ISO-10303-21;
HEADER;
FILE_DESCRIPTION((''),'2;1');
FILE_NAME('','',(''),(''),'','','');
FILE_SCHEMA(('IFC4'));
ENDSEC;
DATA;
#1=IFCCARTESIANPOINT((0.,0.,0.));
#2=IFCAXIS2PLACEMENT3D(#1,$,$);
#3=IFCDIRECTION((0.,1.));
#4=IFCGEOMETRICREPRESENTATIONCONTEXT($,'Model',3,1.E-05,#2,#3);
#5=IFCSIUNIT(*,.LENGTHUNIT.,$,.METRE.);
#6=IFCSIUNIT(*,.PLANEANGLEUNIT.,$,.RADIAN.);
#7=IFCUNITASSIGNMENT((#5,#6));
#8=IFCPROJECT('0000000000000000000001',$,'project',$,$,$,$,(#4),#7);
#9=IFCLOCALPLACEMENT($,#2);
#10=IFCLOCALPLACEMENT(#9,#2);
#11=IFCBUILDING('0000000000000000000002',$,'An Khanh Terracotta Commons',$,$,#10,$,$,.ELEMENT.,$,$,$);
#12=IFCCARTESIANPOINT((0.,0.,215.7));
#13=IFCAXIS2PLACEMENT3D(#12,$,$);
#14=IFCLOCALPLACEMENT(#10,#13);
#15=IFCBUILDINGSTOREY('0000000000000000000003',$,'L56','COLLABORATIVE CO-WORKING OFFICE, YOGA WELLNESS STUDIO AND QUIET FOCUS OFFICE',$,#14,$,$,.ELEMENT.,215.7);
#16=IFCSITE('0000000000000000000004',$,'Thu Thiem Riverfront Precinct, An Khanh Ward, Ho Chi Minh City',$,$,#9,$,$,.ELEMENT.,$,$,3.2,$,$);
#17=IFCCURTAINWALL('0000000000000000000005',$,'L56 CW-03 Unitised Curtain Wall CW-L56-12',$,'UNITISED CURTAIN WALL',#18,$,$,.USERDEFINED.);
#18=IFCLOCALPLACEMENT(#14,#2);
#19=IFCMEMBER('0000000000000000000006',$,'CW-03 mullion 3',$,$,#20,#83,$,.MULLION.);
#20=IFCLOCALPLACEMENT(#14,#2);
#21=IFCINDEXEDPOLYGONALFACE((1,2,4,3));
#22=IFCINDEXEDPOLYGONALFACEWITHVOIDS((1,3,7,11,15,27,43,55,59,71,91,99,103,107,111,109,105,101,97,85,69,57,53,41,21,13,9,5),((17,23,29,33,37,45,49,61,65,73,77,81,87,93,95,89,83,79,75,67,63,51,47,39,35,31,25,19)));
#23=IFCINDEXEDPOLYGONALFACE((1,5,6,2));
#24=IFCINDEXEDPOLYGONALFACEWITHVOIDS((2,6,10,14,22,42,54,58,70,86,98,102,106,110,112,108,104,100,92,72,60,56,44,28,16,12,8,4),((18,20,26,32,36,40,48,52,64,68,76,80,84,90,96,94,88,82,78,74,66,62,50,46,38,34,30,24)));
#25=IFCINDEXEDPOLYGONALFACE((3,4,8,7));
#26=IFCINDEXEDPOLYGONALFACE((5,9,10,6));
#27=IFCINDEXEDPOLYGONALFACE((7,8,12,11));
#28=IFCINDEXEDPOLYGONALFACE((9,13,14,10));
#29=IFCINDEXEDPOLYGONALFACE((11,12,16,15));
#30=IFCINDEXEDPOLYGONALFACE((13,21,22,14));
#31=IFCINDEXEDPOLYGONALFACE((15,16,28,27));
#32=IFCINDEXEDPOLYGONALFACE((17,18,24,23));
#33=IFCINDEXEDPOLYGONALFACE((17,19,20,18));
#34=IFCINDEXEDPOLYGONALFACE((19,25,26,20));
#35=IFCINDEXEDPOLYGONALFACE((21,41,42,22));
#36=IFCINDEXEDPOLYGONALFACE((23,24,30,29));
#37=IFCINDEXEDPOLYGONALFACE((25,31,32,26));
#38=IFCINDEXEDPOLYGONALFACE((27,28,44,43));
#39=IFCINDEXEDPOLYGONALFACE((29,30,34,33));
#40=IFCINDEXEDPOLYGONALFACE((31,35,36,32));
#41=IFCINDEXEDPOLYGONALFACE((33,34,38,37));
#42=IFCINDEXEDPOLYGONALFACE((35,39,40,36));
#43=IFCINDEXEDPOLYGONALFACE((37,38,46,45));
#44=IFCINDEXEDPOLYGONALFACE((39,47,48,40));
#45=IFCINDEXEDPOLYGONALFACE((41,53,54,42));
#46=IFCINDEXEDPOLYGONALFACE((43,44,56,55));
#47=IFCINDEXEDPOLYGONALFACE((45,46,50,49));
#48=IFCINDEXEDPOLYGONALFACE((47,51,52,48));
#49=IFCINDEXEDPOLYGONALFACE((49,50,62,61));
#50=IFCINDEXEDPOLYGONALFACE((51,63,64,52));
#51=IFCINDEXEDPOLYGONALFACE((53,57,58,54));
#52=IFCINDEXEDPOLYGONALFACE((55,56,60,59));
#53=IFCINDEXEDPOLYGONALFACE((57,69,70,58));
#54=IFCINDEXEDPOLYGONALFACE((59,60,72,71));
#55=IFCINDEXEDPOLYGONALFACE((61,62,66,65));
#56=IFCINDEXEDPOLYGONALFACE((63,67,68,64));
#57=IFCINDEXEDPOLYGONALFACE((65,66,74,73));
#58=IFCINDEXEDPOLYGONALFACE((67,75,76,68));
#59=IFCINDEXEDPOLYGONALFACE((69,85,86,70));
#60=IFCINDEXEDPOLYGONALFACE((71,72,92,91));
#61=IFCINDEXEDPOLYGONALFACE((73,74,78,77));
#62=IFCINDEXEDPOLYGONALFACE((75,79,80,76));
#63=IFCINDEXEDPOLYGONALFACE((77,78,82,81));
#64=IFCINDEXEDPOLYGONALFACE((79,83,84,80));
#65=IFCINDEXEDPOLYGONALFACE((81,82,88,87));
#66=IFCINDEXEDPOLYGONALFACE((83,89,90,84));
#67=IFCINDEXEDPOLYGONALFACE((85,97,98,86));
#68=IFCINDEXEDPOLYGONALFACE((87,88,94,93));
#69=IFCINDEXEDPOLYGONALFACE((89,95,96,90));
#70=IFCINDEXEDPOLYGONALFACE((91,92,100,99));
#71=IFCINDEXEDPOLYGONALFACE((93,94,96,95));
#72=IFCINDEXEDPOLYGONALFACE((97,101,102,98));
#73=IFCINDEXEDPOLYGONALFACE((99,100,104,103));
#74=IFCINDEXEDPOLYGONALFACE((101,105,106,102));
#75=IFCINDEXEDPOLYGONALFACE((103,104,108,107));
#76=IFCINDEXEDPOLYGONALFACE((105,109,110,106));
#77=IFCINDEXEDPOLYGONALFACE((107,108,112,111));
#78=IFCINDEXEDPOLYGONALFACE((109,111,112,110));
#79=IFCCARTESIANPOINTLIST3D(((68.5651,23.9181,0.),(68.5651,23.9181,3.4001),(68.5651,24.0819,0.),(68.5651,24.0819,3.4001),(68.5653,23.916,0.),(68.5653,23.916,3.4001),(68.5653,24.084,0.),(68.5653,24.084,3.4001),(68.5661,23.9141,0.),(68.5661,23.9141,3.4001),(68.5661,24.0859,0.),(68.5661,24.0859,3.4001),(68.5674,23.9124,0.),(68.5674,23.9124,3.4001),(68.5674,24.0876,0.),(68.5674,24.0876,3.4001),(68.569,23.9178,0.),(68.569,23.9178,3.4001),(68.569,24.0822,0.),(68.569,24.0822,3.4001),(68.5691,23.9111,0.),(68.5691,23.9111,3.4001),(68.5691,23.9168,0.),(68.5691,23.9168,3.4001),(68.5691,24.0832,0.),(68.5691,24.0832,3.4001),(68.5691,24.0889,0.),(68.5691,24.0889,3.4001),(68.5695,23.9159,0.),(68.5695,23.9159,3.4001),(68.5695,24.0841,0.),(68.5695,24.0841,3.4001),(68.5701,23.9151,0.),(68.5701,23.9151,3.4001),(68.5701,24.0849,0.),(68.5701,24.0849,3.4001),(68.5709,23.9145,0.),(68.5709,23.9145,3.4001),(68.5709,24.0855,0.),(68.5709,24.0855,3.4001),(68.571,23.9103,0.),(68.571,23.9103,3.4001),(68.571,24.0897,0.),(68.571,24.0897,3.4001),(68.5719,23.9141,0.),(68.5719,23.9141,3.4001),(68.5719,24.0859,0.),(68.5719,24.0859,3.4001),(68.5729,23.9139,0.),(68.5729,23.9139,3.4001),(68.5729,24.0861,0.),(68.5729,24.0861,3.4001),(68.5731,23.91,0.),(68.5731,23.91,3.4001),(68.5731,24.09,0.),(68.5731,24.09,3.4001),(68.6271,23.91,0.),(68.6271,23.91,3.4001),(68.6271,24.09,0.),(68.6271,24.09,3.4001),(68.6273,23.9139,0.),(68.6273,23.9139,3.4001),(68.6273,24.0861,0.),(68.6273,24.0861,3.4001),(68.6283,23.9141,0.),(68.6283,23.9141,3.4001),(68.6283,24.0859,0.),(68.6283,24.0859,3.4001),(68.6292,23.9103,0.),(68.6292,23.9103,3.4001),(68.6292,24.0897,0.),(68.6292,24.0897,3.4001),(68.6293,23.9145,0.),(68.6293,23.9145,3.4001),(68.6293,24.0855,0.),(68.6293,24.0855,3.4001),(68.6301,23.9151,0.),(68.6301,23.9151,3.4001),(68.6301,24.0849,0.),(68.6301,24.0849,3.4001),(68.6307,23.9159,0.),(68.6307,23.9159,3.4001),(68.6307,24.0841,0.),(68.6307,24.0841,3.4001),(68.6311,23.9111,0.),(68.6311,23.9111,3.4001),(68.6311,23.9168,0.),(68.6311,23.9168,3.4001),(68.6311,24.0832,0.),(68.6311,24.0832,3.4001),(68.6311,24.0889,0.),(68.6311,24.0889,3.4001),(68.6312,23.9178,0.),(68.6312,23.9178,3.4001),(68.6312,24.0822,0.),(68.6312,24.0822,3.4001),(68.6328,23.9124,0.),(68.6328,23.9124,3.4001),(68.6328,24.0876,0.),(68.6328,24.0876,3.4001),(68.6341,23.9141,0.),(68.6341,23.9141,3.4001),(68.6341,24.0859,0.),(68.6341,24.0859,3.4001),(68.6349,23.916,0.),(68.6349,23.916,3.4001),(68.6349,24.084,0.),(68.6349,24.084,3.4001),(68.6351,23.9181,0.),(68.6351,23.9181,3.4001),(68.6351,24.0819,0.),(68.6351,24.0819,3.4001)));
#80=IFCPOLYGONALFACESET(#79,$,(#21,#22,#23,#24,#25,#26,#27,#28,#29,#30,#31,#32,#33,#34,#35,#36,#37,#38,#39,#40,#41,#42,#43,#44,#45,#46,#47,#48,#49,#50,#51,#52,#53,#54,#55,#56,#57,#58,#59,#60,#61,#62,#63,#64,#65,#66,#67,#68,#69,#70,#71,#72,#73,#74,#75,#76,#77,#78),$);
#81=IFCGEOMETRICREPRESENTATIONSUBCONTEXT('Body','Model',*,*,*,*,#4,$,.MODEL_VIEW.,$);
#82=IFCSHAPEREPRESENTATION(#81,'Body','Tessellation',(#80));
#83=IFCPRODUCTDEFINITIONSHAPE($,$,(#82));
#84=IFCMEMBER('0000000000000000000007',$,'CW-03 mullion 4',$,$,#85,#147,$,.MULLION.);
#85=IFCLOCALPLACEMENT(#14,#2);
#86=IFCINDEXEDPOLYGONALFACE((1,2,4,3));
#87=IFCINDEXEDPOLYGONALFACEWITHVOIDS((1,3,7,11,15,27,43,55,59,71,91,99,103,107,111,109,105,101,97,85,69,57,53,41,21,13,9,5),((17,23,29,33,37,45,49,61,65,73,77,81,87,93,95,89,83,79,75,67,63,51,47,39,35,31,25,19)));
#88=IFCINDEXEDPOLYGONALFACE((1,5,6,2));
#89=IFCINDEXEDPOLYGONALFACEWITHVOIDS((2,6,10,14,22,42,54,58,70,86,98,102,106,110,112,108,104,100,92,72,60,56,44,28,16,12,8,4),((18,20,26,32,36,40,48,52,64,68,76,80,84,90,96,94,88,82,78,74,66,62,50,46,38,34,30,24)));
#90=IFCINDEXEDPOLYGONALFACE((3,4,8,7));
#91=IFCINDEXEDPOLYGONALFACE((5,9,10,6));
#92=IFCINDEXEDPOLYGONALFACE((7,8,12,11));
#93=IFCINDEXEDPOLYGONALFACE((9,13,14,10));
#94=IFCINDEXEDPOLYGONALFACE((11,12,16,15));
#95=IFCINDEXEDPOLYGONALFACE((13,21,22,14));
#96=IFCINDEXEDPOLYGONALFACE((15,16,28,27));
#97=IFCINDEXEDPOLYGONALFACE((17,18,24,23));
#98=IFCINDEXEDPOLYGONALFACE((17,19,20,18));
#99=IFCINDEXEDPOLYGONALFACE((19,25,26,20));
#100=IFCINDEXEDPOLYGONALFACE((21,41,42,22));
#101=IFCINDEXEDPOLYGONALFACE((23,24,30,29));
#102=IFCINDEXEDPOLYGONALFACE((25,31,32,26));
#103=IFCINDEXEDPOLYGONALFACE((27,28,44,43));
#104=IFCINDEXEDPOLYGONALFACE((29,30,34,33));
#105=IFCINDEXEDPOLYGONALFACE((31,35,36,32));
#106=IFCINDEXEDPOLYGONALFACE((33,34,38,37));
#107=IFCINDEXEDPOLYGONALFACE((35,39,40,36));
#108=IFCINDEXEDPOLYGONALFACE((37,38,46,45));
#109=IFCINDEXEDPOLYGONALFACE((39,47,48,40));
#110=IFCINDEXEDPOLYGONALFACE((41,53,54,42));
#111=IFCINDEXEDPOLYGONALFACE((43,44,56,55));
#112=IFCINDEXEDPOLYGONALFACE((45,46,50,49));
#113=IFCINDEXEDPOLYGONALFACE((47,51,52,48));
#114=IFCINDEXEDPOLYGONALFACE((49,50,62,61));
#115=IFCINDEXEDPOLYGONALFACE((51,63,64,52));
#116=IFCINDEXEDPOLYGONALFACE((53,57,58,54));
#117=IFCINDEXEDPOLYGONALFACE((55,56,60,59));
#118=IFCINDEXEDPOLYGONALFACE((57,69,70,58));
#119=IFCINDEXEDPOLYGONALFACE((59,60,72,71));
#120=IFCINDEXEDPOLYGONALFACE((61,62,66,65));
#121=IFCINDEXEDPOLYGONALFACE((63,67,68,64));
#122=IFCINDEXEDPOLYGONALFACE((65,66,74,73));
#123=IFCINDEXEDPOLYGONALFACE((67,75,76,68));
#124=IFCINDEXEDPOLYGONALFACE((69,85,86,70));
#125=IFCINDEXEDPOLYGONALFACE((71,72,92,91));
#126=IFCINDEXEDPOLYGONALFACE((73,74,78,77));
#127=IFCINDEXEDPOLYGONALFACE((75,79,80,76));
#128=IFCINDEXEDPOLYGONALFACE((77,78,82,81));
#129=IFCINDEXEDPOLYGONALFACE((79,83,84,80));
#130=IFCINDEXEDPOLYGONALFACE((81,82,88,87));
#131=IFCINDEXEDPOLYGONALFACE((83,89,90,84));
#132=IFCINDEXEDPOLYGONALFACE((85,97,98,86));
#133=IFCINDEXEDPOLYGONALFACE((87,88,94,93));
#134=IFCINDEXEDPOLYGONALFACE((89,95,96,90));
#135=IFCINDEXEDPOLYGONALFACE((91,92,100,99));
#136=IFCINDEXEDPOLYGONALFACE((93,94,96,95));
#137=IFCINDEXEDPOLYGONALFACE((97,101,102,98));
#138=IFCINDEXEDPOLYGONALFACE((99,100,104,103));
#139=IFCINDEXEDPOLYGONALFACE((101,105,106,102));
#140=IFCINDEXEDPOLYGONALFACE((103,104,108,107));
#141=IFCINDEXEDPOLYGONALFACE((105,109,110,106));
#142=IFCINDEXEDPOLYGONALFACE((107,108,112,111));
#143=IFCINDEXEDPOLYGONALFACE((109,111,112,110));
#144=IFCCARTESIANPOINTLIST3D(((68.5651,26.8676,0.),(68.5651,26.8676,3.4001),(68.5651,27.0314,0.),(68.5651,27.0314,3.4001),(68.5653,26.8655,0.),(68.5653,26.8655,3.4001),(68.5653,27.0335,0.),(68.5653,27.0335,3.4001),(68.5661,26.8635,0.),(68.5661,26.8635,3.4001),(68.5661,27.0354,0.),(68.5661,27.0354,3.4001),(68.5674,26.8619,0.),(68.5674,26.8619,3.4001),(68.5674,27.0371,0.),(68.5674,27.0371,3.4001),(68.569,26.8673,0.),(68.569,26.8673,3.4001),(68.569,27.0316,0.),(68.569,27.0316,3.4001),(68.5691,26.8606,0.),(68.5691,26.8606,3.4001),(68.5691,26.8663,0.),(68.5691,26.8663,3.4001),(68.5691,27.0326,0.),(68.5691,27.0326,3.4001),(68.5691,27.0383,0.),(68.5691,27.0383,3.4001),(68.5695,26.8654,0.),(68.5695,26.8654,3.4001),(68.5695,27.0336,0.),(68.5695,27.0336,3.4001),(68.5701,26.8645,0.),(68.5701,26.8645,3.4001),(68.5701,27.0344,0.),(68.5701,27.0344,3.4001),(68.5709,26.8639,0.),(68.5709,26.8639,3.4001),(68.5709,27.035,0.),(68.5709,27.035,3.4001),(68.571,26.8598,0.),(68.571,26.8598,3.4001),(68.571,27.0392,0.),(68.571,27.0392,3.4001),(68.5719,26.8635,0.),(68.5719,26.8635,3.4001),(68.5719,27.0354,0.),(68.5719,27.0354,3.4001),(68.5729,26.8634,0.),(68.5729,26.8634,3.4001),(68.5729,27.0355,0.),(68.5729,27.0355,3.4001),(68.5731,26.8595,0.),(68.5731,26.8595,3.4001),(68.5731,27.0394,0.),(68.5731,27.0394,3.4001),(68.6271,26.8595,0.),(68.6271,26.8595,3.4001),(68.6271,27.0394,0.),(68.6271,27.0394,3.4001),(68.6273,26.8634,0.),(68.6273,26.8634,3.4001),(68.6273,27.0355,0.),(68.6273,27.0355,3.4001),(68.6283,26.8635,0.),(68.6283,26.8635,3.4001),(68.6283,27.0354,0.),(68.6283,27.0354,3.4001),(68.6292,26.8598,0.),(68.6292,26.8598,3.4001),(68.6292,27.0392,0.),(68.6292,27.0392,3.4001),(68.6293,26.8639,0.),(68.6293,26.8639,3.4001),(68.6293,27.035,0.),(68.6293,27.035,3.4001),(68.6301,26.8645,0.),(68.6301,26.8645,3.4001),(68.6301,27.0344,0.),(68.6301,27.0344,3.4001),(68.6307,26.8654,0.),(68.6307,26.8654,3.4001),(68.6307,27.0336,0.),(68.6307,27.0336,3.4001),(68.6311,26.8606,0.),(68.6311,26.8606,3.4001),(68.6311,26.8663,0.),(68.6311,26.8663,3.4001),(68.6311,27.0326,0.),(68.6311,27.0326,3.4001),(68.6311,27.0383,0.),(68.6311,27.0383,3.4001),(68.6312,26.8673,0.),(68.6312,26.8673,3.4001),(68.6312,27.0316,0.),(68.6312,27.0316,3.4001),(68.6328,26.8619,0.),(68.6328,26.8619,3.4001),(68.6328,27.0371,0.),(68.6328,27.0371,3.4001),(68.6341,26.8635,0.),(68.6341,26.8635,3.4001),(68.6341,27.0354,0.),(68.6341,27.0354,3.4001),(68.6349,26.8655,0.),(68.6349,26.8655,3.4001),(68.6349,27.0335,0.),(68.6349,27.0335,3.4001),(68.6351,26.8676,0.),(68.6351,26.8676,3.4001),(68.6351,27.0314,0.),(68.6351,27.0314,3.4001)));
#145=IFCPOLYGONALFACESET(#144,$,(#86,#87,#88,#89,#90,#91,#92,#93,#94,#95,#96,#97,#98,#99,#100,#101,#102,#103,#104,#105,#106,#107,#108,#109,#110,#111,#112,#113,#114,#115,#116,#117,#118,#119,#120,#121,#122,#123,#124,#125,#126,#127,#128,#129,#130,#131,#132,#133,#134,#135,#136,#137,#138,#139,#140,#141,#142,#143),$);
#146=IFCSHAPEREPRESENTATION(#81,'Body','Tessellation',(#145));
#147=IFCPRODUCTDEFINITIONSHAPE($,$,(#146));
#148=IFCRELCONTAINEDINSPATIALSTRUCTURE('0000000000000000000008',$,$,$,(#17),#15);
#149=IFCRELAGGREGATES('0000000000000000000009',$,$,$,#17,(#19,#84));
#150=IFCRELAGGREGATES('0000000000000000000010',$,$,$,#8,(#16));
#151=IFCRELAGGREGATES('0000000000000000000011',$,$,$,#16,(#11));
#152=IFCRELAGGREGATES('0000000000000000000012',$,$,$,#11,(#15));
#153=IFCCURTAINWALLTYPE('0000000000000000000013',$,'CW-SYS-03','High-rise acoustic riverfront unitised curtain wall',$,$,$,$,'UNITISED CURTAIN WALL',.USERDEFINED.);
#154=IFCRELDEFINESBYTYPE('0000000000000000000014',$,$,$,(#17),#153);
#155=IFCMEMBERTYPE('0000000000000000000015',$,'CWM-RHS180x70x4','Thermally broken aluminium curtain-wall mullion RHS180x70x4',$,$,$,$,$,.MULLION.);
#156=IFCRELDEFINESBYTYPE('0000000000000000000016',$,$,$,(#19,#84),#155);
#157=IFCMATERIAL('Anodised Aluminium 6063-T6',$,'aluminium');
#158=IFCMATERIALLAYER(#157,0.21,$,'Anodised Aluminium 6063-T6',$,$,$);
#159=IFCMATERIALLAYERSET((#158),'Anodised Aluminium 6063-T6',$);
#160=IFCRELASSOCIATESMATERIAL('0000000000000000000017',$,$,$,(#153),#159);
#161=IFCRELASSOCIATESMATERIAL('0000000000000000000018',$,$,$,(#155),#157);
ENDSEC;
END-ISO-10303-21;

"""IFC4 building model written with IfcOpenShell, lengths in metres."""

from ifc_helpers import new_model, si_unit, direction, frame, origin, origin_2d, place, context, subcontext, project, spatial, hollow_rectangle, extrude, material, layer, layer_set, material_profile, profile_set, type_object, element, aggregate, save


model = new_model("IFC4")

# Units and contexts
model_context = context("Model", 3, precision=1e-05, world=origin(), true_north=direction((0.0, 1.0)))
body_context = subcontext(model_context, "Body", "Model", "MODEL_VIEW")
ifc_project = project(units=[si_unit("LENGTHUNIT", "METRE"), si_unit("PLANEANGLEUNIT", "RADIAN")], contexts=[model_context])

# Site, building, storey
site_placement = place(None, origin())
site = spatial("IfcSite", under=ifc_project, at=site_placement, Name="Thu Thiem Riverfront Precinct, An Khanh Ward, Ho Chi Minh City", CompositionType="ELEMENT", RefElevation=3.2)
building_placement = place(site_placement, origin())
building = spatial("IfcBuilding", under=site, at=building_placement, Name="An Khanh Terracotta Commons", CompositionType="ELEMENT")
storey_placement = place(building_placement, frame((0.0, 0.0, 215.7)))
storey = spatial("IfcBuildingStorey", under=building, at=storey_placement, Name="L56", Description="COLLABORATIVE CO-WORKING OFFICE, YOGA WELLNESS STUDIO AND QUIET FOCUS OFFICE", CompositionType="ELEMENT", Elevation=215.7)

# Curtain wall, members
ifc_material_1 = material(Name="Anodised Aluminium 6063-T6", Category="aluminium")
ifc_layer_1 = layer(ifc_material_1, 0.21, Name="Anodised Aluminium 6063-T6")
ifc_layer_set_1 = layer_set([ifc_layer_1], Name="Anodised Aluminium 6063-T6")
curtain_wall_type = type_object("IfcCurtainWallType", Name="CW-SYS-03", Description="High-rise acoustic riverfront unitised curtain wall", ElementType="UNITISED CURTAIN WALL", PredefinedType="USERDEFINED", material=ifc_layer_set_1)
curtain_wall_1_placement = place(storey_placement, origin())
curtain_wall_1 = element("IfcCurtainWall", 1, at=curtain_wall_1_placement, inside=storey, type_object=curtain_wall_type, Name="L56 CW-03 Unitised Curtain Wall CW-L56-12", ObjectType="UNITISED CURTAIN WALL", PredefinedType="USERDEFINED")
ifc_material_profile_1 = material_profile(ifc_material_1, hollow_rectangle(XDim=0.0701, YDim=0.1799, WallThickness=0.0039, InnerFilletRadius=0.0039, OuterFilletRadius=0.0081, at=origin_2d()), Name="RHS180x70x4")
ifc_profile_set_1 = profile_set([ifc_material_profile_1], Name="Anodised Aluminium 6063-T6")
member_type_1 = type_object("IfcMemberType", Name="CWM-RHS180x70x4", Description="Thermally broken aluminium curtain-wall mullion RHS180x70x4", PredefinedType="MULLION", material=ifc_profile_set_1)
member_1_placement = place(storey_placement, frame((68.6001, 24.0, 0.0), z_axis=(0.0, 0.0, 1.0), x_axis=(-1.0, 0.0, 0.0)))
member_1 = element("IfcMember", 2, at=member_1_placement, type_object=member_type_1, Name="CW-03 mullion 3", PredefinedType="MULLION", context=body_context, shape_type="SweptSolid", body=[
    extrude(hollow_rectangle(XDim=0.0701, YDim=0.1799, WallThickness=0.0039, InnerFilletRadius=0.0039, OuterFilletRadius=0.0081, at=origin_2d()), origin(), (0.0, 0.0, 1.0), 3.4001),
])
member_2_placement = place(storey_placement, frame((68.6001, 26.9495, 0.0), z_axis=(0.0, 0.0, 1.0), x_axis=(-1.0, 0.0, 0.0)))
member_2 = element("IfcMember", 3, at=member_2_placement, type_object=member_type_1, Name="CW-03 mullion 4", PredefinedType="MULLION", context=body_context, shape_type="SweptSolid", body=[
    extrude(hollow_rectangle(XDim=0.0701, YDim=0.1799, WallThickness=0.0039, InnerFilletRadius=0.0039, OuterFilletRadius=0.0081, at=origin_2d()), origin(), (0.0, 0.0, 1.0), 3.4001),
])

aggregate(curtain_wall_1, [member_1, member_2])

save(model, "model.ifc")
